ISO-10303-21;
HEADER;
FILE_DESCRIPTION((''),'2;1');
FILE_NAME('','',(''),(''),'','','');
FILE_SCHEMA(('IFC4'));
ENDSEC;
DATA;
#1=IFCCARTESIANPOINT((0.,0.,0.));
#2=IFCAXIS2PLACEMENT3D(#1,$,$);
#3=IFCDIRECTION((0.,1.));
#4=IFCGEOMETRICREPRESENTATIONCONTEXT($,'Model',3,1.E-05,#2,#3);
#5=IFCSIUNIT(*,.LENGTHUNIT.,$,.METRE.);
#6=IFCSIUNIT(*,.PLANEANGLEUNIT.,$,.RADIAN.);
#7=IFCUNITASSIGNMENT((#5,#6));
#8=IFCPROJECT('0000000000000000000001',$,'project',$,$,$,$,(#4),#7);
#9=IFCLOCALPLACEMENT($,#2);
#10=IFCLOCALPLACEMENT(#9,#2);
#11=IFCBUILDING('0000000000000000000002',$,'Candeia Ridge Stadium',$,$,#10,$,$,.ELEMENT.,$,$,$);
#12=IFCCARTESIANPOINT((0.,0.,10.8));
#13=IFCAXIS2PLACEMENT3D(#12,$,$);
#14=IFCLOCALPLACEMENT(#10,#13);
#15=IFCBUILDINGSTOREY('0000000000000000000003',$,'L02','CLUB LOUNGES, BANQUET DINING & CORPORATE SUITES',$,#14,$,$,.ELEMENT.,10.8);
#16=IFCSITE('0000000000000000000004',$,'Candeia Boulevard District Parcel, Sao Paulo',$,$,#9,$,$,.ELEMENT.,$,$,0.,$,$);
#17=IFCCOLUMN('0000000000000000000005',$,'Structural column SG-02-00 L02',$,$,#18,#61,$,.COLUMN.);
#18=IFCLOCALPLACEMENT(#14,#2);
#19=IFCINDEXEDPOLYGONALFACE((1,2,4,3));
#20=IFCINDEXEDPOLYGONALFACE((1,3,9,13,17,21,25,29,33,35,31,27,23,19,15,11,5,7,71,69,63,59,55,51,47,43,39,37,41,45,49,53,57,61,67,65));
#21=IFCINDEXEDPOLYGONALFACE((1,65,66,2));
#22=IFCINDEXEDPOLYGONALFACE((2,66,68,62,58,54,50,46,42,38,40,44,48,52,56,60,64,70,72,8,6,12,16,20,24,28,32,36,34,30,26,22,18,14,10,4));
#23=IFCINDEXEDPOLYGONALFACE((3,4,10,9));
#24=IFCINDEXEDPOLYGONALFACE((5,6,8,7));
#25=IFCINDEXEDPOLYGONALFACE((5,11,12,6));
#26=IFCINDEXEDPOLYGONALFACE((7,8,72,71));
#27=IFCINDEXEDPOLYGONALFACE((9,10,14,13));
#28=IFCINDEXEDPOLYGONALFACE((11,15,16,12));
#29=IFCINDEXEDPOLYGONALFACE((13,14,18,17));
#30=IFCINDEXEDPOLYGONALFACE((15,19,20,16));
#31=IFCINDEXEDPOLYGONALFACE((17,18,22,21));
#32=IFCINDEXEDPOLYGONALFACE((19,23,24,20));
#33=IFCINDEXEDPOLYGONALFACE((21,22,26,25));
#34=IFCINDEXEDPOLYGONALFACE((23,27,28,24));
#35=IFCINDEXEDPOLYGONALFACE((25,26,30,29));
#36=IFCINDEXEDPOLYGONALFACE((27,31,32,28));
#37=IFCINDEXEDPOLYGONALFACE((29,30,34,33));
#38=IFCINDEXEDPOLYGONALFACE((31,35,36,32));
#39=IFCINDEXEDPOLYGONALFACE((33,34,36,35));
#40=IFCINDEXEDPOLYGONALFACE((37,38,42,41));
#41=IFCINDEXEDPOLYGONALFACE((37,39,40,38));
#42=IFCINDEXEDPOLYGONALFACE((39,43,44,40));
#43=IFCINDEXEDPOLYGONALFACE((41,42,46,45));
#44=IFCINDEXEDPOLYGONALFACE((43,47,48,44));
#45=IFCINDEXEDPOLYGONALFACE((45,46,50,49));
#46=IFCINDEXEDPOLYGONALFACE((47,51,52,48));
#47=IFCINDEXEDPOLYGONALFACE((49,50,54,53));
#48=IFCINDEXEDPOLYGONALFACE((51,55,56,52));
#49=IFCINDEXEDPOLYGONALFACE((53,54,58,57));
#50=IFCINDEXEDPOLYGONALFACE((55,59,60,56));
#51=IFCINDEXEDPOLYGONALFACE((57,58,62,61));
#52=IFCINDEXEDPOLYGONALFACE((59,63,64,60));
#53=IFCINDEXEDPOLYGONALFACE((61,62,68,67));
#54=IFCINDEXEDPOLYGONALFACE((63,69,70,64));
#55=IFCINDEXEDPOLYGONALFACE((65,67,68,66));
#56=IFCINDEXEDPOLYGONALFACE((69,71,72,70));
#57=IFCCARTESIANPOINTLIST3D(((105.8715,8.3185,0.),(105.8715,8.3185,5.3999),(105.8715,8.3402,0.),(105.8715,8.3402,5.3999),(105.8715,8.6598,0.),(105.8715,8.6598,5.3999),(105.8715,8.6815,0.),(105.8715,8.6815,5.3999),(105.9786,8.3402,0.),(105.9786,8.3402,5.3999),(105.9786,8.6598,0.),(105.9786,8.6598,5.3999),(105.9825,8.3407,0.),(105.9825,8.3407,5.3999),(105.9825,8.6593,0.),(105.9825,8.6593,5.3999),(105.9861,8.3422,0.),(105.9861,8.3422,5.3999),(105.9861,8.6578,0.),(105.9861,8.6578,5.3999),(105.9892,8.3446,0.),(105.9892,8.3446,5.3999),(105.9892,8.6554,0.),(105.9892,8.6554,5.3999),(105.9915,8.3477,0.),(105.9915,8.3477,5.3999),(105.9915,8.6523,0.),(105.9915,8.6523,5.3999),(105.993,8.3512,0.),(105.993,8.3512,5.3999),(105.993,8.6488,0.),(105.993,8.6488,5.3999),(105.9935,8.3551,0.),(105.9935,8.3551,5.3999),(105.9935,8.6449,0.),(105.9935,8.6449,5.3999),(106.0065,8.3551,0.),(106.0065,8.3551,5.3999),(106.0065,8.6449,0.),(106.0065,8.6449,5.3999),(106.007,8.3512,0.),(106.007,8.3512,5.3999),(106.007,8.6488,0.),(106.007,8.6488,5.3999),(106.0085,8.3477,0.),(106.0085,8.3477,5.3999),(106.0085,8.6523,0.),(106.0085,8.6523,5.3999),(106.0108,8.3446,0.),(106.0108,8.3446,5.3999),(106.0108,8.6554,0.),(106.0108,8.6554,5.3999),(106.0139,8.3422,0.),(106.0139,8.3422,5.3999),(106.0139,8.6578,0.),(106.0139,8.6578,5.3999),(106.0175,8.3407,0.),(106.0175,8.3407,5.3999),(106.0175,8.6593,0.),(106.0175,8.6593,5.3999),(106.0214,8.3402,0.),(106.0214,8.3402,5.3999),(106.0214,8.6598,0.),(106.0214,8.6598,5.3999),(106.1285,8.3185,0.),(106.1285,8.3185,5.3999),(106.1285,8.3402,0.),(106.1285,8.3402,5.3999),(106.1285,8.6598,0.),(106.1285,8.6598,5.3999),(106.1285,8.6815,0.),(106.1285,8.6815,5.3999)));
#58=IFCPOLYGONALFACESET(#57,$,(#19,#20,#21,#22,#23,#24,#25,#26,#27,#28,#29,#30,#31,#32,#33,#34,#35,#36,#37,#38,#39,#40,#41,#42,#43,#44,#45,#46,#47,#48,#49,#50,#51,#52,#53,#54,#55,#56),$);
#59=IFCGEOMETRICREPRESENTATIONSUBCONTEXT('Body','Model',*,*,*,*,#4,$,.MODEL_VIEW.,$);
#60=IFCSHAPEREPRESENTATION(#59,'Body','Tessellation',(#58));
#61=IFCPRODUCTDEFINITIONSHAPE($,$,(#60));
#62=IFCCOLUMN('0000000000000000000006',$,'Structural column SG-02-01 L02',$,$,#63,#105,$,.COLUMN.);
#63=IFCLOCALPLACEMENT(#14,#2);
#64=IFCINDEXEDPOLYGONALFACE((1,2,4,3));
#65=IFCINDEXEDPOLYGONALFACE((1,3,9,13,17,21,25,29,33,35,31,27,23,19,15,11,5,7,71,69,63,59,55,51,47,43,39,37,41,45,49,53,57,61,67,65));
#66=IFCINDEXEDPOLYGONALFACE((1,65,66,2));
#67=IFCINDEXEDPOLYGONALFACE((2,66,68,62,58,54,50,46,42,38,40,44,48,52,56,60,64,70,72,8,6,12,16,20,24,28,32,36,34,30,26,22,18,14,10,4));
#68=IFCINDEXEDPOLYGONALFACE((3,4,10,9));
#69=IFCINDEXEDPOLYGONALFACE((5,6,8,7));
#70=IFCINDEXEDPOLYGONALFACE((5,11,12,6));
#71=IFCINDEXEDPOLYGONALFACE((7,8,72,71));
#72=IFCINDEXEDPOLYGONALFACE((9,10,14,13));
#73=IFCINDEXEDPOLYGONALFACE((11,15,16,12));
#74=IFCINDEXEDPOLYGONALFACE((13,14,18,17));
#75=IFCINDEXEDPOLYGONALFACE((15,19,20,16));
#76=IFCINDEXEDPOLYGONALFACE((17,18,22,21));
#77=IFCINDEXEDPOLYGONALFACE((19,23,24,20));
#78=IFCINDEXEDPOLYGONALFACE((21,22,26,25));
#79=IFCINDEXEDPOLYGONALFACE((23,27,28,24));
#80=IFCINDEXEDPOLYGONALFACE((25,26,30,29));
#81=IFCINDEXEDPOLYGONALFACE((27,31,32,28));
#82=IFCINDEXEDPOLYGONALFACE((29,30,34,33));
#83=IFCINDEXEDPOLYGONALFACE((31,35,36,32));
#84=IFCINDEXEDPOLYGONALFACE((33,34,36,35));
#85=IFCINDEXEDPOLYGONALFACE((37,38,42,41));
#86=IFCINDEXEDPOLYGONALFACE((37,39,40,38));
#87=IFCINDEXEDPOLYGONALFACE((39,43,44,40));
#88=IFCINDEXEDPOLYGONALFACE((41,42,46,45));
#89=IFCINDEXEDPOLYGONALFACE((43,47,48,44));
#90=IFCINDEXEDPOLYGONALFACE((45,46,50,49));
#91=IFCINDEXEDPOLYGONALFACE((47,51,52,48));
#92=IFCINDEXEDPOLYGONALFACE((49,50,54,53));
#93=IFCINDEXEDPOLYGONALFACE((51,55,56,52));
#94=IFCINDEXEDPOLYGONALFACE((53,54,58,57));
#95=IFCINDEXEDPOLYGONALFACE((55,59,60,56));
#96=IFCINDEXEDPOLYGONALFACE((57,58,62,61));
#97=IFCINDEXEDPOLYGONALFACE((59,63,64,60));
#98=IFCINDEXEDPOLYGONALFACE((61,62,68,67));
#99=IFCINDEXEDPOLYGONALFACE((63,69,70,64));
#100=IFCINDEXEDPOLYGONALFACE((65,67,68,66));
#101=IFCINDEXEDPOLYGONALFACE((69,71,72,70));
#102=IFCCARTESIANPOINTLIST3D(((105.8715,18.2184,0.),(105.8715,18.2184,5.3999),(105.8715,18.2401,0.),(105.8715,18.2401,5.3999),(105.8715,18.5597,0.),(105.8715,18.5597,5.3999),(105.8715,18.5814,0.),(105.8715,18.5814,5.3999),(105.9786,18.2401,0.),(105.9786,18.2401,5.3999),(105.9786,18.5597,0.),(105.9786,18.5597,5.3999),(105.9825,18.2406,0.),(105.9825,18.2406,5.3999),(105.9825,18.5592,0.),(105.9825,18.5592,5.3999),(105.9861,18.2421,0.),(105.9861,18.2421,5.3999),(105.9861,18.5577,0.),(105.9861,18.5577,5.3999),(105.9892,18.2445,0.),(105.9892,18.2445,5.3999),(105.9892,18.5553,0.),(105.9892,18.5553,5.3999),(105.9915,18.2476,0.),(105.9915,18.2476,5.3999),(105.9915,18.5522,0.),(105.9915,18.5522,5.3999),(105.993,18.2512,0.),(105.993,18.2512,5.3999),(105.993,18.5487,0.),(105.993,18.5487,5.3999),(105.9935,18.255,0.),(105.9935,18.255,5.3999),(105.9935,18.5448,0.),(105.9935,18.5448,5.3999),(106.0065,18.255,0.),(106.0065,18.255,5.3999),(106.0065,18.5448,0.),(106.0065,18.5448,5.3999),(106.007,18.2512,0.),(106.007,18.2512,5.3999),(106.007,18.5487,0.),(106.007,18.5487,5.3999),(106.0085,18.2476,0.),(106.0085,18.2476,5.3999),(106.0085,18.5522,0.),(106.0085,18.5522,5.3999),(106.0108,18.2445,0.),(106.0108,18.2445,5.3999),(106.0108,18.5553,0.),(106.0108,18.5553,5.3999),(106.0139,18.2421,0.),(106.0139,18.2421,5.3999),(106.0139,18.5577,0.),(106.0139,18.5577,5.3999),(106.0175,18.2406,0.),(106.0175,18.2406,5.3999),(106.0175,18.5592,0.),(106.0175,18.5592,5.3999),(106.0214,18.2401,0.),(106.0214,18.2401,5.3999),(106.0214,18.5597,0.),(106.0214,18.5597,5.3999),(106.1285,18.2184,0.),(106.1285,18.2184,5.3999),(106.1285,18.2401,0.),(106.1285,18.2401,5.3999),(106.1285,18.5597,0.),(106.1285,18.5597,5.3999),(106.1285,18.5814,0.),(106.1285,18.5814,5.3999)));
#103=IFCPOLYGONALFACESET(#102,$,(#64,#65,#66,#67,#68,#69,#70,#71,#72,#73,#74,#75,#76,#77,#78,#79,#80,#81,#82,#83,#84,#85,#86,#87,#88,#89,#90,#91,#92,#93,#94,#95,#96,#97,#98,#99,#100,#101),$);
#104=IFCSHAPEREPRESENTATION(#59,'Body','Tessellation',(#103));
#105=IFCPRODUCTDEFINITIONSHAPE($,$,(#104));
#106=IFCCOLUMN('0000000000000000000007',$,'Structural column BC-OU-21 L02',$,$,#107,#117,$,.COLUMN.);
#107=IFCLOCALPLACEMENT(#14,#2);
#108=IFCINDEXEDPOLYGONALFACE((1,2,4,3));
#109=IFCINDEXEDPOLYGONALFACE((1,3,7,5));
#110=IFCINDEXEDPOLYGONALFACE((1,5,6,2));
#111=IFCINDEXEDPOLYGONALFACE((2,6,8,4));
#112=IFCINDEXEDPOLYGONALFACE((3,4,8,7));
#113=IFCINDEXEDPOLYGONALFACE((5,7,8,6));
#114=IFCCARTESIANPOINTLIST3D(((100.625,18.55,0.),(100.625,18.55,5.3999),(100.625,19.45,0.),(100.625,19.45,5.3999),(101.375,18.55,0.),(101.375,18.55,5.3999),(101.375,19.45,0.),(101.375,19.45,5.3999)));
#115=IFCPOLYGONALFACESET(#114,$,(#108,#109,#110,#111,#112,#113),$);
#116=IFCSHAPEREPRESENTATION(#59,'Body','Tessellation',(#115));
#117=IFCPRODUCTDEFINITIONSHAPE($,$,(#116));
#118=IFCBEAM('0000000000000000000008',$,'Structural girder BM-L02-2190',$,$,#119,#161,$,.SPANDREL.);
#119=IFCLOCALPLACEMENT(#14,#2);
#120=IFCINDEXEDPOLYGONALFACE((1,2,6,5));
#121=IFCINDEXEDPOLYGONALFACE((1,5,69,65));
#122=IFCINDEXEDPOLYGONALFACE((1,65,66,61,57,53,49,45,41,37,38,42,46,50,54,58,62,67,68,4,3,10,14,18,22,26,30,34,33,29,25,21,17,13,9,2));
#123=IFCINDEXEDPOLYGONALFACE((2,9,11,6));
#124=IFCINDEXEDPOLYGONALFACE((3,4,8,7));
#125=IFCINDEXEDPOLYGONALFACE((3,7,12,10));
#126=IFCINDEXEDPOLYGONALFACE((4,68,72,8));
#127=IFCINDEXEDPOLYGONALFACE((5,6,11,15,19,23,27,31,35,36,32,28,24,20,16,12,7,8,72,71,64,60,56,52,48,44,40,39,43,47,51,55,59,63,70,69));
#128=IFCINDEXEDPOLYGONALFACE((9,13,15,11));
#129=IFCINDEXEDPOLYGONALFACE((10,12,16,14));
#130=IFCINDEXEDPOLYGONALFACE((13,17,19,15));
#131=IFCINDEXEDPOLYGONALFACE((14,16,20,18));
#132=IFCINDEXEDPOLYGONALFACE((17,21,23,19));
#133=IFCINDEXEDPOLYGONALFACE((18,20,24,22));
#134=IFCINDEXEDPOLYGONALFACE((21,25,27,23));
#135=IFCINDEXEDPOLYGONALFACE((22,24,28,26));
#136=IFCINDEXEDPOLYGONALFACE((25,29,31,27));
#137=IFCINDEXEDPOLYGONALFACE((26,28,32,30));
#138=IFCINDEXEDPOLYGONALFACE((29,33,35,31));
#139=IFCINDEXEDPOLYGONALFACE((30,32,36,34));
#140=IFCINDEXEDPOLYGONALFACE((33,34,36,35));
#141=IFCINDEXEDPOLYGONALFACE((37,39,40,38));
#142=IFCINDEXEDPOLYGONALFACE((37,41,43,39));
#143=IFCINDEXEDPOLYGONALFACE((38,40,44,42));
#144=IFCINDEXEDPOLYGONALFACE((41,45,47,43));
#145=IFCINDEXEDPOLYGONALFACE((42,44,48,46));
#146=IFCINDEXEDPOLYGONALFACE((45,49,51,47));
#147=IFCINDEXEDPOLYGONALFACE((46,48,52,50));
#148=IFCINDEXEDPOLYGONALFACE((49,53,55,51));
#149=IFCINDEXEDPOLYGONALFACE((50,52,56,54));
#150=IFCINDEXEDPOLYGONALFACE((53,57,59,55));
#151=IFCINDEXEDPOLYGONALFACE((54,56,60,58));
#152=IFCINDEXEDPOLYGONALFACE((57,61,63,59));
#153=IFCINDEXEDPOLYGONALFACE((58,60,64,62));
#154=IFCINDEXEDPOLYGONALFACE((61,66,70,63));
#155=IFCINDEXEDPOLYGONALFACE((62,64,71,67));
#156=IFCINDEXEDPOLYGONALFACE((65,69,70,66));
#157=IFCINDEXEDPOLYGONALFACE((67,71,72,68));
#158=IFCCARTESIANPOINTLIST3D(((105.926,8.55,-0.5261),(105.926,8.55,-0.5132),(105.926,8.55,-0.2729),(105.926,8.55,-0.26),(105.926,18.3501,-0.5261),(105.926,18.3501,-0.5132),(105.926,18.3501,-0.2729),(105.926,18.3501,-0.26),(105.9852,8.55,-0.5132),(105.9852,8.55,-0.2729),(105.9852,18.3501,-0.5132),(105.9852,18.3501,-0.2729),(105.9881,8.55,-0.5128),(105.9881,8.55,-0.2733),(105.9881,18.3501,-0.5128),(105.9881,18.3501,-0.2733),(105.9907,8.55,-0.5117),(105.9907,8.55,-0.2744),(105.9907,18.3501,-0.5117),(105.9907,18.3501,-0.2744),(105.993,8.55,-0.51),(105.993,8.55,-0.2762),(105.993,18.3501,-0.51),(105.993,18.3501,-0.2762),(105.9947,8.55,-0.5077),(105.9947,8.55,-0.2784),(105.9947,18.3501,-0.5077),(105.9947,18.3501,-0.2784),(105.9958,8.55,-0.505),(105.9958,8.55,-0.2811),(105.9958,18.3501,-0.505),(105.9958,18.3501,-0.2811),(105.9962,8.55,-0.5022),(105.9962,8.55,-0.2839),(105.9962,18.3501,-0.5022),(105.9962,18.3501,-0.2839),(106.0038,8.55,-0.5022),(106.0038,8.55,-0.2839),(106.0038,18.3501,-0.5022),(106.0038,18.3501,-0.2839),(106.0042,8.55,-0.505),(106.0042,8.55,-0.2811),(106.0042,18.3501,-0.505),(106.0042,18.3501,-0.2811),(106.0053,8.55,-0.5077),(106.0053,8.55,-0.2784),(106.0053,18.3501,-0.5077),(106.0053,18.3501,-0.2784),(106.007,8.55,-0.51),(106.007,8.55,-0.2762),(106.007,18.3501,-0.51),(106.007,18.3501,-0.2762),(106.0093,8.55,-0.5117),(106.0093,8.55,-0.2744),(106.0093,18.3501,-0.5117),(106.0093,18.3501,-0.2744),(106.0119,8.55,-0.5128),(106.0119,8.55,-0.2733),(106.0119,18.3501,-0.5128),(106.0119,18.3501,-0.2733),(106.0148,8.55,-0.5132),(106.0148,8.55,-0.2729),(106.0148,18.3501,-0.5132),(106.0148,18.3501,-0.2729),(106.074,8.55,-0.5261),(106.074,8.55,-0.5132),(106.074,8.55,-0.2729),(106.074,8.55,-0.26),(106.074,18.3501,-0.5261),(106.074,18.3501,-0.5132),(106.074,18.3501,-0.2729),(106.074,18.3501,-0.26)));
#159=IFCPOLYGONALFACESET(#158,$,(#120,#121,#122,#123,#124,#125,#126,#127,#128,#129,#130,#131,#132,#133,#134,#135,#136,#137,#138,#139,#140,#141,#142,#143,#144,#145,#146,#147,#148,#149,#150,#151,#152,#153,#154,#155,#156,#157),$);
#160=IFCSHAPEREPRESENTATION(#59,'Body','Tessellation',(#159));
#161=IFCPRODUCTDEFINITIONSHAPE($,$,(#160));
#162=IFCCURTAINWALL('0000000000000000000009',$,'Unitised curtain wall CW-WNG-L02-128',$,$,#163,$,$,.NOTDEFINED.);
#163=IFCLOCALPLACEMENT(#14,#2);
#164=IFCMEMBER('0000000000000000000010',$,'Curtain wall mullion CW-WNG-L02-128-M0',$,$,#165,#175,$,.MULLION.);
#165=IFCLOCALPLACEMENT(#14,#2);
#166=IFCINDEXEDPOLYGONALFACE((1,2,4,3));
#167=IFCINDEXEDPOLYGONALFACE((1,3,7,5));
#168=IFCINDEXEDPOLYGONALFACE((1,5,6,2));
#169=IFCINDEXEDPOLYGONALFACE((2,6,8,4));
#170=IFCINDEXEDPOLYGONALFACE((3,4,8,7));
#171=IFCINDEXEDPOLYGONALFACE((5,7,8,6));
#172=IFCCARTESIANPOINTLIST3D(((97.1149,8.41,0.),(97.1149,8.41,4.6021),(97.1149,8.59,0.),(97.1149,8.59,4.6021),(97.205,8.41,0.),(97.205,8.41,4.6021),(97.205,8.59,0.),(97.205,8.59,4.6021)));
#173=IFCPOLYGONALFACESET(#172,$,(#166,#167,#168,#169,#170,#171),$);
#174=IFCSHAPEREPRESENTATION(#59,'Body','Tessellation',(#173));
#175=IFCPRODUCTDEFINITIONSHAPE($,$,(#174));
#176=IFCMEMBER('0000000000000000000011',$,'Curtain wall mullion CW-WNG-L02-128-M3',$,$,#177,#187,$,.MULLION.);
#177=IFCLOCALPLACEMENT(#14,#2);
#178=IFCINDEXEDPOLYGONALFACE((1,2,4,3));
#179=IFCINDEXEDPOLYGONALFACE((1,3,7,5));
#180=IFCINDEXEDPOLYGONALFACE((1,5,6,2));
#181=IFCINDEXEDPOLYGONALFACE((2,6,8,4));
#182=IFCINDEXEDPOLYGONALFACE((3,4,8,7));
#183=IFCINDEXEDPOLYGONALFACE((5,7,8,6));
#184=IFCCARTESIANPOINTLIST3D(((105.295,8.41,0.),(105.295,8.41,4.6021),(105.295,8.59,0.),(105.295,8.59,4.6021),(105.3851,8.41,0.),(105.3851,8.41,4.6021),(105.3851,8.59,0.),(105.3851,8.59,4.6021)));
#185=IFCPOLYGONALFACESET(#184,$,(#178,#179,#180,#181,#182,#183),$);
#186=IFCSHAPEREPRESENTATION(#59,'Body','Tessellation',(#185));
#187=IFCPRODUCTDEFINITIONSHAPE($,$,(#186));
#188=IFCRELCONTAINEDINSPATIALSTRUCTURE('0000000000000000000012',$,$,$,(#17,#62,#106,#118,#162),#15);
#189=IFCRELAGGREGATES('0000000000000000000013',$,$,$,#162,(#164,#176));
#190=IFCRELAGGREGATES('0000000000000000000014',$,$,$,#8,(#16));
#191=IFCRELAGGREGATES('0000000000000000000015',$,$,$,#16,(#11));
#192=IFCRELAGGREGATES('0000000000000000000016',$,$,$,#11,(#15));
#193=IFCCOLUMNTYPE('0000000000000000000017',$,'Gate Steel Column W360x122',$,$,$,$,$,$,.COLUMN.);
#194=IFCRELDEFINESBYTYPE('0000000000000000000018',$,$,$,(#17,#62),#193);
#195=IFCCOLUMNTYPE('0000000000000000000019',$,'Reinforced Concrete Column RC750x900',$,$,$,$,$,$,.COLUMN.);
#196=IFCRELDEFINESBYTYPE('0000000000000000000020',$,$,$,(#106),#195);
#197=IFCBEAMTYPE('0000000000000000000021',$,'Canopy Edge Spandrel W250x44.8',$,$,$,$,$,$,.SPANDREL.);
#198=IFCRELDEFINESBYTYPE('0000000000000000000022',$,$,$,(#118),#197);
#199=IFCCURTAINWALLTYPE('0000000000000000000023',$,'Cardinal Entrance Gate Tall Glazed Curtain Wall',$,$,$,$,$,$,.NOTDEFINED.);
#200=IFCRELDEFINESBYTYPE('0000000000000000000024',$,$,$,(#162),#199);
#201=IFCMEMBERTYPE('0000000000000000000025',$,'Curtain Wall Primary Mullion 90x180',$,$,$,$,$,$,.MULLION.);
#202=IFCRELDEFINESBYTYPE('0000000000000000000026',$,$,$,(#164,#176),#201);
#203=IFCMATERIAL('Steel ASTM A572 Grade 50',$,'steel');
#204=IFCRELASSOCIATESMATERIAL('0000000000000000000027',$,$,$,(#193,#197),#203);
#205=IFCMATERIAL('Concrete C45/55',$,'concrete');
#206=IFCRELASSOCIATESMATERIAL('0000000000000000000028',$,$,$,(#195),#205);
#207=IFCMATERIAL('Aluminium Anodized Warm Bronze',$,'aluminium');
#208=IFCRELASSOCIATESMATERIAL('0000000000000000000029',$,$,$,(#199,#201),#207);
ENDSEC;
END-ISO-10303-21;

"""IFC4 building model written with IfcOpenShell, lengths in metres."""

from ifc_helpers import new_model, si_unit, direction, frame, origin, origin_2d, place, context, subcontext, project, spatial, rectangle, i_section, extrude, material, material_profile, profile_set, type_object, element, aggregate, save


model = new_model("IFC4")

# Units and contexts
model_context = context("Model", 3, precision=1e-05, world=origin(), true_north=direction((0.0, 1.0)))
body_context = subcontext(model_context, "Body", "Model", "MODEL_VIEW")
ifc_project = project(units=[si_unit("LENGTHUNIT", "METRE"), si_unit("PLANEANGLEUNIT", "RADIAN")], contexts=[model_context])

# Site, building, storey
site_placement = place(None, origin())
site = spatial("IfcSite", under=ifc_project, at=site_placement, Name="Candeia Boulevard District Parcel, Sao Paulo", CompositionType="ELEMENT", RefElevation=0.0)
building_placement = place(site_placement, origin())
building = spatial("IfcBuilding", under=site, at=building_placement, Name="Candeia Ridge Stadium", CompositionType="ELEMENT")
storey_placement = place(building_placement, frame((0.0, 0.0, 10.8)))
storey = spatial("IfcBuildingStorey", under=building, at=storey_placement, Name="L02", Description="CLUB LOUNGES, BANQUET DINING & CORPORATE SUITES", CompositionType="ELEMENT", Elevation=10.8)

# Columns
ifc_material_1 = material(Name="Steel ASTM A572 Grade 50", Category="steel")
ifc_material_profile_1 = material_profile(ifc_material_1, i_section(OverallWidth=0.2571, OverallDepth=0.363, WebThickness=0.0129, FlangeThickness=0.0217, FilletRadius=0.0149, at=origin_2d()), Name="W360x122", Category="steel")
ifc_profile_set_1 = profile_set([ifc_material_profile_1], Name="Steel ASTM A572 Grade 50")
column_type_1 = type_object("IfcColumnType", Name="Gate Steel Column W360x122", PredefinedType="COLUMN", material=ifc_profile_set_1)
for number, where, z_axis, x_axis, name in (
    (1, (106.0, 8.5, 0.0), (0.0, 0.0, 1.0), (1.0, 0.0, 0.0), "Structural column SG-02-00 L02"),
    (2, (106.0, 18.3999, 0.0), (0.0, 0.0, 1.0), (1.0, 0.0, 0.0), "Structural column SG-02-01 L02"),
):
    element("IfcColumn", number, at=place(storey_placement, frame(where, z_axis=z_axis, x_axis=x_axis)), inside=storey, type_object=column_type_1, Name=name, PredefinedType="COLUMN", context=body_context, shape_type="SweptSolid", body=[
        extrude(i_section(OverallWidth=0.2571, OverallDepth=0.363, WebThickness=0.0129, FlangeThickness=0.0217, FilletRadius=0.0149, at=origin_2d()), origin(), (0.0, 0.0, 1.0), 5.3999),
    ])
ifc_material_2 = material(Name="Concrete C45/55", Category="concrete")
ifc_material_profile_2 = material_profile(ifc_material_2, rectangle(XDim=0.75, YDim=0.8999, at=origin_2d()), Name="RC750x900", Category="concrete")
ifc_profile_set_2 = profile_set([ifc_material_profile_2], Name="Concrete C45/55")
column_type_2 = type_object("IfcColumnType", Name="Reinforced Concrete Column RC750x900", PredefinedType="COLUMN", material=ifc_profile_set_2)
column_placement = place(storey_placement, frame((101.0, 19.0, 0.0), z_axis=(0.0, 0.0, 1.0), x_axis=(1.0, 0.0, 0.0)))
element("IfcColumn", 3, at=column_placement, inside=storey, type_object=column_type_2, Name="Structural column BC-OU-21 L02", PredefinedType="COLUMN", context=body_context, shape_type="SweptSolid", body=[
    extrude(rectangle(XDim=0.75, YDim=0.8999, at=origin_2d()), origin(), (0.0, 0.0, 1.0), 5.3999),
])

# Beam
ifc_material_profile_3 = material_profile(ifc_material_1, i_section(OverallWidth=0.1479, OverallDepth=0.2661, WebThickness=0.0076, FlangeThickness=0.0129, FilletRadius=0.011, at=origin_2d()), Name="W250x44.8", Category="steel")
ifc_profile_set_3 = profile_set([ifc_material_profile_3], Name="Steel ASTM A572 Grade 50")
beam_type_1 = type_object("IfcBeamType", Name="Canopy Edge Spandrel W250x44.8", PredefinedType="SPANDREL", material=ifc_profile_set_3)
beam_1_placement = place(storey_placement, frame((106.0, 8.55, -0.3931), z_axis=(0.0, 1.0, 0.0), x_axis=(-1.0, 0.0, 0.0)))
element("IfcBeam", 4, at=beam_1_placement, inside=storey, type_object=beam_type_1, Name="Structural girder BM-L02-2190", PredefinedType="SPANDREL", context=body_context, shape_type="SweptSolid", body=[
    extrude(i_section(OverallWidth=0.1479, OverallDepth=0.2661, WebThickness=0.0076, FlangeThickness=0.0129, FilletRadius=0.011, at=origin_2d()), origin(), (0.0, 0.0, 1.0), 9.8),
])

# Curtain wall, members
ifc_material_3 = material(Name="Aluminium Anodized Warm Bronze", Category="aluminium")
curtain_wall_type = type_object("IfcCurtainWallType", Name="Cardinal Entrance Gate Tall Glazed Curtain Wall", PredefinedType="NOTDEFINED", material=ifc_material_3)
curtain_wall_placement = place(storey_placement, origin())
curtain_wall = element("IfcCurtainWall", 5, at=curtain_wall_placement, inside=storey, type_object=curtain_wall_type, Name="Unitised curtain wall CW-WNG-L02-128", PredefinedType="NOTDEFINED")
ifc_material_profile_4 = material_profile(ifc_material_3, rectangle(XDim=0.0901, YDim=0.1799, at=origin_2d()), Name="CWM-90x180", Category="aluminium")
ifc_profile_set_4 = profile_set([ifc_material_profile_4], Name="Aluminium Anodized Warm Bronze")
member_type_1 = type_object("IfcMemberType", Name="Curtain Wall Primary Mullion 90x180", PredefinedType="MULLION", material=ifc_profile_set_4)
member_1_placement = place(storey_placement, frame((97.1599, 8.5, 0.0), z_axis=(0.0, 0.0, 1.0), x_axis=(1.0, 0.0, 0.0)))
member_1 = element("IfcMember", 6, at=member_1_placement, type_object=member_type_1, Name="Curtain wall mullion CW-WNG-L02-128-M0", PredefinedType="MULLION", context=body_context, shape_type="SweptSolid", body=[
    extrude(rectangle(XDim=0.0901, YDim=0.1799, at=origin_2d()), origin(), (0.0, 0.0, 1.0), 4.6021),
])
member_2_placement = place(storey_placement, frame((105.3401, 8.5, 0.0), z_axis=(0.0, 0.0, 1.0), x_axis=(1.0, 0.0, 0.0)))
member_2 = element("IfcMember", 7, at=member_2_placement, type_object=member_type_1, Name="Curtain wall mullion CW-WNG-L02-128-M3", PredefinedType="MULLION", context=body_context, shape_type="SweptSolid", body=[
    extrude(rectangle(XDim=0.0901, YDim=0.1799, at=origin_2d()), origin(), (0.0, 0.0, 1.0), 4.6021),
])

aggregate(curtain_wall, [member_1, member_2])

save(model, "model.ifc")
